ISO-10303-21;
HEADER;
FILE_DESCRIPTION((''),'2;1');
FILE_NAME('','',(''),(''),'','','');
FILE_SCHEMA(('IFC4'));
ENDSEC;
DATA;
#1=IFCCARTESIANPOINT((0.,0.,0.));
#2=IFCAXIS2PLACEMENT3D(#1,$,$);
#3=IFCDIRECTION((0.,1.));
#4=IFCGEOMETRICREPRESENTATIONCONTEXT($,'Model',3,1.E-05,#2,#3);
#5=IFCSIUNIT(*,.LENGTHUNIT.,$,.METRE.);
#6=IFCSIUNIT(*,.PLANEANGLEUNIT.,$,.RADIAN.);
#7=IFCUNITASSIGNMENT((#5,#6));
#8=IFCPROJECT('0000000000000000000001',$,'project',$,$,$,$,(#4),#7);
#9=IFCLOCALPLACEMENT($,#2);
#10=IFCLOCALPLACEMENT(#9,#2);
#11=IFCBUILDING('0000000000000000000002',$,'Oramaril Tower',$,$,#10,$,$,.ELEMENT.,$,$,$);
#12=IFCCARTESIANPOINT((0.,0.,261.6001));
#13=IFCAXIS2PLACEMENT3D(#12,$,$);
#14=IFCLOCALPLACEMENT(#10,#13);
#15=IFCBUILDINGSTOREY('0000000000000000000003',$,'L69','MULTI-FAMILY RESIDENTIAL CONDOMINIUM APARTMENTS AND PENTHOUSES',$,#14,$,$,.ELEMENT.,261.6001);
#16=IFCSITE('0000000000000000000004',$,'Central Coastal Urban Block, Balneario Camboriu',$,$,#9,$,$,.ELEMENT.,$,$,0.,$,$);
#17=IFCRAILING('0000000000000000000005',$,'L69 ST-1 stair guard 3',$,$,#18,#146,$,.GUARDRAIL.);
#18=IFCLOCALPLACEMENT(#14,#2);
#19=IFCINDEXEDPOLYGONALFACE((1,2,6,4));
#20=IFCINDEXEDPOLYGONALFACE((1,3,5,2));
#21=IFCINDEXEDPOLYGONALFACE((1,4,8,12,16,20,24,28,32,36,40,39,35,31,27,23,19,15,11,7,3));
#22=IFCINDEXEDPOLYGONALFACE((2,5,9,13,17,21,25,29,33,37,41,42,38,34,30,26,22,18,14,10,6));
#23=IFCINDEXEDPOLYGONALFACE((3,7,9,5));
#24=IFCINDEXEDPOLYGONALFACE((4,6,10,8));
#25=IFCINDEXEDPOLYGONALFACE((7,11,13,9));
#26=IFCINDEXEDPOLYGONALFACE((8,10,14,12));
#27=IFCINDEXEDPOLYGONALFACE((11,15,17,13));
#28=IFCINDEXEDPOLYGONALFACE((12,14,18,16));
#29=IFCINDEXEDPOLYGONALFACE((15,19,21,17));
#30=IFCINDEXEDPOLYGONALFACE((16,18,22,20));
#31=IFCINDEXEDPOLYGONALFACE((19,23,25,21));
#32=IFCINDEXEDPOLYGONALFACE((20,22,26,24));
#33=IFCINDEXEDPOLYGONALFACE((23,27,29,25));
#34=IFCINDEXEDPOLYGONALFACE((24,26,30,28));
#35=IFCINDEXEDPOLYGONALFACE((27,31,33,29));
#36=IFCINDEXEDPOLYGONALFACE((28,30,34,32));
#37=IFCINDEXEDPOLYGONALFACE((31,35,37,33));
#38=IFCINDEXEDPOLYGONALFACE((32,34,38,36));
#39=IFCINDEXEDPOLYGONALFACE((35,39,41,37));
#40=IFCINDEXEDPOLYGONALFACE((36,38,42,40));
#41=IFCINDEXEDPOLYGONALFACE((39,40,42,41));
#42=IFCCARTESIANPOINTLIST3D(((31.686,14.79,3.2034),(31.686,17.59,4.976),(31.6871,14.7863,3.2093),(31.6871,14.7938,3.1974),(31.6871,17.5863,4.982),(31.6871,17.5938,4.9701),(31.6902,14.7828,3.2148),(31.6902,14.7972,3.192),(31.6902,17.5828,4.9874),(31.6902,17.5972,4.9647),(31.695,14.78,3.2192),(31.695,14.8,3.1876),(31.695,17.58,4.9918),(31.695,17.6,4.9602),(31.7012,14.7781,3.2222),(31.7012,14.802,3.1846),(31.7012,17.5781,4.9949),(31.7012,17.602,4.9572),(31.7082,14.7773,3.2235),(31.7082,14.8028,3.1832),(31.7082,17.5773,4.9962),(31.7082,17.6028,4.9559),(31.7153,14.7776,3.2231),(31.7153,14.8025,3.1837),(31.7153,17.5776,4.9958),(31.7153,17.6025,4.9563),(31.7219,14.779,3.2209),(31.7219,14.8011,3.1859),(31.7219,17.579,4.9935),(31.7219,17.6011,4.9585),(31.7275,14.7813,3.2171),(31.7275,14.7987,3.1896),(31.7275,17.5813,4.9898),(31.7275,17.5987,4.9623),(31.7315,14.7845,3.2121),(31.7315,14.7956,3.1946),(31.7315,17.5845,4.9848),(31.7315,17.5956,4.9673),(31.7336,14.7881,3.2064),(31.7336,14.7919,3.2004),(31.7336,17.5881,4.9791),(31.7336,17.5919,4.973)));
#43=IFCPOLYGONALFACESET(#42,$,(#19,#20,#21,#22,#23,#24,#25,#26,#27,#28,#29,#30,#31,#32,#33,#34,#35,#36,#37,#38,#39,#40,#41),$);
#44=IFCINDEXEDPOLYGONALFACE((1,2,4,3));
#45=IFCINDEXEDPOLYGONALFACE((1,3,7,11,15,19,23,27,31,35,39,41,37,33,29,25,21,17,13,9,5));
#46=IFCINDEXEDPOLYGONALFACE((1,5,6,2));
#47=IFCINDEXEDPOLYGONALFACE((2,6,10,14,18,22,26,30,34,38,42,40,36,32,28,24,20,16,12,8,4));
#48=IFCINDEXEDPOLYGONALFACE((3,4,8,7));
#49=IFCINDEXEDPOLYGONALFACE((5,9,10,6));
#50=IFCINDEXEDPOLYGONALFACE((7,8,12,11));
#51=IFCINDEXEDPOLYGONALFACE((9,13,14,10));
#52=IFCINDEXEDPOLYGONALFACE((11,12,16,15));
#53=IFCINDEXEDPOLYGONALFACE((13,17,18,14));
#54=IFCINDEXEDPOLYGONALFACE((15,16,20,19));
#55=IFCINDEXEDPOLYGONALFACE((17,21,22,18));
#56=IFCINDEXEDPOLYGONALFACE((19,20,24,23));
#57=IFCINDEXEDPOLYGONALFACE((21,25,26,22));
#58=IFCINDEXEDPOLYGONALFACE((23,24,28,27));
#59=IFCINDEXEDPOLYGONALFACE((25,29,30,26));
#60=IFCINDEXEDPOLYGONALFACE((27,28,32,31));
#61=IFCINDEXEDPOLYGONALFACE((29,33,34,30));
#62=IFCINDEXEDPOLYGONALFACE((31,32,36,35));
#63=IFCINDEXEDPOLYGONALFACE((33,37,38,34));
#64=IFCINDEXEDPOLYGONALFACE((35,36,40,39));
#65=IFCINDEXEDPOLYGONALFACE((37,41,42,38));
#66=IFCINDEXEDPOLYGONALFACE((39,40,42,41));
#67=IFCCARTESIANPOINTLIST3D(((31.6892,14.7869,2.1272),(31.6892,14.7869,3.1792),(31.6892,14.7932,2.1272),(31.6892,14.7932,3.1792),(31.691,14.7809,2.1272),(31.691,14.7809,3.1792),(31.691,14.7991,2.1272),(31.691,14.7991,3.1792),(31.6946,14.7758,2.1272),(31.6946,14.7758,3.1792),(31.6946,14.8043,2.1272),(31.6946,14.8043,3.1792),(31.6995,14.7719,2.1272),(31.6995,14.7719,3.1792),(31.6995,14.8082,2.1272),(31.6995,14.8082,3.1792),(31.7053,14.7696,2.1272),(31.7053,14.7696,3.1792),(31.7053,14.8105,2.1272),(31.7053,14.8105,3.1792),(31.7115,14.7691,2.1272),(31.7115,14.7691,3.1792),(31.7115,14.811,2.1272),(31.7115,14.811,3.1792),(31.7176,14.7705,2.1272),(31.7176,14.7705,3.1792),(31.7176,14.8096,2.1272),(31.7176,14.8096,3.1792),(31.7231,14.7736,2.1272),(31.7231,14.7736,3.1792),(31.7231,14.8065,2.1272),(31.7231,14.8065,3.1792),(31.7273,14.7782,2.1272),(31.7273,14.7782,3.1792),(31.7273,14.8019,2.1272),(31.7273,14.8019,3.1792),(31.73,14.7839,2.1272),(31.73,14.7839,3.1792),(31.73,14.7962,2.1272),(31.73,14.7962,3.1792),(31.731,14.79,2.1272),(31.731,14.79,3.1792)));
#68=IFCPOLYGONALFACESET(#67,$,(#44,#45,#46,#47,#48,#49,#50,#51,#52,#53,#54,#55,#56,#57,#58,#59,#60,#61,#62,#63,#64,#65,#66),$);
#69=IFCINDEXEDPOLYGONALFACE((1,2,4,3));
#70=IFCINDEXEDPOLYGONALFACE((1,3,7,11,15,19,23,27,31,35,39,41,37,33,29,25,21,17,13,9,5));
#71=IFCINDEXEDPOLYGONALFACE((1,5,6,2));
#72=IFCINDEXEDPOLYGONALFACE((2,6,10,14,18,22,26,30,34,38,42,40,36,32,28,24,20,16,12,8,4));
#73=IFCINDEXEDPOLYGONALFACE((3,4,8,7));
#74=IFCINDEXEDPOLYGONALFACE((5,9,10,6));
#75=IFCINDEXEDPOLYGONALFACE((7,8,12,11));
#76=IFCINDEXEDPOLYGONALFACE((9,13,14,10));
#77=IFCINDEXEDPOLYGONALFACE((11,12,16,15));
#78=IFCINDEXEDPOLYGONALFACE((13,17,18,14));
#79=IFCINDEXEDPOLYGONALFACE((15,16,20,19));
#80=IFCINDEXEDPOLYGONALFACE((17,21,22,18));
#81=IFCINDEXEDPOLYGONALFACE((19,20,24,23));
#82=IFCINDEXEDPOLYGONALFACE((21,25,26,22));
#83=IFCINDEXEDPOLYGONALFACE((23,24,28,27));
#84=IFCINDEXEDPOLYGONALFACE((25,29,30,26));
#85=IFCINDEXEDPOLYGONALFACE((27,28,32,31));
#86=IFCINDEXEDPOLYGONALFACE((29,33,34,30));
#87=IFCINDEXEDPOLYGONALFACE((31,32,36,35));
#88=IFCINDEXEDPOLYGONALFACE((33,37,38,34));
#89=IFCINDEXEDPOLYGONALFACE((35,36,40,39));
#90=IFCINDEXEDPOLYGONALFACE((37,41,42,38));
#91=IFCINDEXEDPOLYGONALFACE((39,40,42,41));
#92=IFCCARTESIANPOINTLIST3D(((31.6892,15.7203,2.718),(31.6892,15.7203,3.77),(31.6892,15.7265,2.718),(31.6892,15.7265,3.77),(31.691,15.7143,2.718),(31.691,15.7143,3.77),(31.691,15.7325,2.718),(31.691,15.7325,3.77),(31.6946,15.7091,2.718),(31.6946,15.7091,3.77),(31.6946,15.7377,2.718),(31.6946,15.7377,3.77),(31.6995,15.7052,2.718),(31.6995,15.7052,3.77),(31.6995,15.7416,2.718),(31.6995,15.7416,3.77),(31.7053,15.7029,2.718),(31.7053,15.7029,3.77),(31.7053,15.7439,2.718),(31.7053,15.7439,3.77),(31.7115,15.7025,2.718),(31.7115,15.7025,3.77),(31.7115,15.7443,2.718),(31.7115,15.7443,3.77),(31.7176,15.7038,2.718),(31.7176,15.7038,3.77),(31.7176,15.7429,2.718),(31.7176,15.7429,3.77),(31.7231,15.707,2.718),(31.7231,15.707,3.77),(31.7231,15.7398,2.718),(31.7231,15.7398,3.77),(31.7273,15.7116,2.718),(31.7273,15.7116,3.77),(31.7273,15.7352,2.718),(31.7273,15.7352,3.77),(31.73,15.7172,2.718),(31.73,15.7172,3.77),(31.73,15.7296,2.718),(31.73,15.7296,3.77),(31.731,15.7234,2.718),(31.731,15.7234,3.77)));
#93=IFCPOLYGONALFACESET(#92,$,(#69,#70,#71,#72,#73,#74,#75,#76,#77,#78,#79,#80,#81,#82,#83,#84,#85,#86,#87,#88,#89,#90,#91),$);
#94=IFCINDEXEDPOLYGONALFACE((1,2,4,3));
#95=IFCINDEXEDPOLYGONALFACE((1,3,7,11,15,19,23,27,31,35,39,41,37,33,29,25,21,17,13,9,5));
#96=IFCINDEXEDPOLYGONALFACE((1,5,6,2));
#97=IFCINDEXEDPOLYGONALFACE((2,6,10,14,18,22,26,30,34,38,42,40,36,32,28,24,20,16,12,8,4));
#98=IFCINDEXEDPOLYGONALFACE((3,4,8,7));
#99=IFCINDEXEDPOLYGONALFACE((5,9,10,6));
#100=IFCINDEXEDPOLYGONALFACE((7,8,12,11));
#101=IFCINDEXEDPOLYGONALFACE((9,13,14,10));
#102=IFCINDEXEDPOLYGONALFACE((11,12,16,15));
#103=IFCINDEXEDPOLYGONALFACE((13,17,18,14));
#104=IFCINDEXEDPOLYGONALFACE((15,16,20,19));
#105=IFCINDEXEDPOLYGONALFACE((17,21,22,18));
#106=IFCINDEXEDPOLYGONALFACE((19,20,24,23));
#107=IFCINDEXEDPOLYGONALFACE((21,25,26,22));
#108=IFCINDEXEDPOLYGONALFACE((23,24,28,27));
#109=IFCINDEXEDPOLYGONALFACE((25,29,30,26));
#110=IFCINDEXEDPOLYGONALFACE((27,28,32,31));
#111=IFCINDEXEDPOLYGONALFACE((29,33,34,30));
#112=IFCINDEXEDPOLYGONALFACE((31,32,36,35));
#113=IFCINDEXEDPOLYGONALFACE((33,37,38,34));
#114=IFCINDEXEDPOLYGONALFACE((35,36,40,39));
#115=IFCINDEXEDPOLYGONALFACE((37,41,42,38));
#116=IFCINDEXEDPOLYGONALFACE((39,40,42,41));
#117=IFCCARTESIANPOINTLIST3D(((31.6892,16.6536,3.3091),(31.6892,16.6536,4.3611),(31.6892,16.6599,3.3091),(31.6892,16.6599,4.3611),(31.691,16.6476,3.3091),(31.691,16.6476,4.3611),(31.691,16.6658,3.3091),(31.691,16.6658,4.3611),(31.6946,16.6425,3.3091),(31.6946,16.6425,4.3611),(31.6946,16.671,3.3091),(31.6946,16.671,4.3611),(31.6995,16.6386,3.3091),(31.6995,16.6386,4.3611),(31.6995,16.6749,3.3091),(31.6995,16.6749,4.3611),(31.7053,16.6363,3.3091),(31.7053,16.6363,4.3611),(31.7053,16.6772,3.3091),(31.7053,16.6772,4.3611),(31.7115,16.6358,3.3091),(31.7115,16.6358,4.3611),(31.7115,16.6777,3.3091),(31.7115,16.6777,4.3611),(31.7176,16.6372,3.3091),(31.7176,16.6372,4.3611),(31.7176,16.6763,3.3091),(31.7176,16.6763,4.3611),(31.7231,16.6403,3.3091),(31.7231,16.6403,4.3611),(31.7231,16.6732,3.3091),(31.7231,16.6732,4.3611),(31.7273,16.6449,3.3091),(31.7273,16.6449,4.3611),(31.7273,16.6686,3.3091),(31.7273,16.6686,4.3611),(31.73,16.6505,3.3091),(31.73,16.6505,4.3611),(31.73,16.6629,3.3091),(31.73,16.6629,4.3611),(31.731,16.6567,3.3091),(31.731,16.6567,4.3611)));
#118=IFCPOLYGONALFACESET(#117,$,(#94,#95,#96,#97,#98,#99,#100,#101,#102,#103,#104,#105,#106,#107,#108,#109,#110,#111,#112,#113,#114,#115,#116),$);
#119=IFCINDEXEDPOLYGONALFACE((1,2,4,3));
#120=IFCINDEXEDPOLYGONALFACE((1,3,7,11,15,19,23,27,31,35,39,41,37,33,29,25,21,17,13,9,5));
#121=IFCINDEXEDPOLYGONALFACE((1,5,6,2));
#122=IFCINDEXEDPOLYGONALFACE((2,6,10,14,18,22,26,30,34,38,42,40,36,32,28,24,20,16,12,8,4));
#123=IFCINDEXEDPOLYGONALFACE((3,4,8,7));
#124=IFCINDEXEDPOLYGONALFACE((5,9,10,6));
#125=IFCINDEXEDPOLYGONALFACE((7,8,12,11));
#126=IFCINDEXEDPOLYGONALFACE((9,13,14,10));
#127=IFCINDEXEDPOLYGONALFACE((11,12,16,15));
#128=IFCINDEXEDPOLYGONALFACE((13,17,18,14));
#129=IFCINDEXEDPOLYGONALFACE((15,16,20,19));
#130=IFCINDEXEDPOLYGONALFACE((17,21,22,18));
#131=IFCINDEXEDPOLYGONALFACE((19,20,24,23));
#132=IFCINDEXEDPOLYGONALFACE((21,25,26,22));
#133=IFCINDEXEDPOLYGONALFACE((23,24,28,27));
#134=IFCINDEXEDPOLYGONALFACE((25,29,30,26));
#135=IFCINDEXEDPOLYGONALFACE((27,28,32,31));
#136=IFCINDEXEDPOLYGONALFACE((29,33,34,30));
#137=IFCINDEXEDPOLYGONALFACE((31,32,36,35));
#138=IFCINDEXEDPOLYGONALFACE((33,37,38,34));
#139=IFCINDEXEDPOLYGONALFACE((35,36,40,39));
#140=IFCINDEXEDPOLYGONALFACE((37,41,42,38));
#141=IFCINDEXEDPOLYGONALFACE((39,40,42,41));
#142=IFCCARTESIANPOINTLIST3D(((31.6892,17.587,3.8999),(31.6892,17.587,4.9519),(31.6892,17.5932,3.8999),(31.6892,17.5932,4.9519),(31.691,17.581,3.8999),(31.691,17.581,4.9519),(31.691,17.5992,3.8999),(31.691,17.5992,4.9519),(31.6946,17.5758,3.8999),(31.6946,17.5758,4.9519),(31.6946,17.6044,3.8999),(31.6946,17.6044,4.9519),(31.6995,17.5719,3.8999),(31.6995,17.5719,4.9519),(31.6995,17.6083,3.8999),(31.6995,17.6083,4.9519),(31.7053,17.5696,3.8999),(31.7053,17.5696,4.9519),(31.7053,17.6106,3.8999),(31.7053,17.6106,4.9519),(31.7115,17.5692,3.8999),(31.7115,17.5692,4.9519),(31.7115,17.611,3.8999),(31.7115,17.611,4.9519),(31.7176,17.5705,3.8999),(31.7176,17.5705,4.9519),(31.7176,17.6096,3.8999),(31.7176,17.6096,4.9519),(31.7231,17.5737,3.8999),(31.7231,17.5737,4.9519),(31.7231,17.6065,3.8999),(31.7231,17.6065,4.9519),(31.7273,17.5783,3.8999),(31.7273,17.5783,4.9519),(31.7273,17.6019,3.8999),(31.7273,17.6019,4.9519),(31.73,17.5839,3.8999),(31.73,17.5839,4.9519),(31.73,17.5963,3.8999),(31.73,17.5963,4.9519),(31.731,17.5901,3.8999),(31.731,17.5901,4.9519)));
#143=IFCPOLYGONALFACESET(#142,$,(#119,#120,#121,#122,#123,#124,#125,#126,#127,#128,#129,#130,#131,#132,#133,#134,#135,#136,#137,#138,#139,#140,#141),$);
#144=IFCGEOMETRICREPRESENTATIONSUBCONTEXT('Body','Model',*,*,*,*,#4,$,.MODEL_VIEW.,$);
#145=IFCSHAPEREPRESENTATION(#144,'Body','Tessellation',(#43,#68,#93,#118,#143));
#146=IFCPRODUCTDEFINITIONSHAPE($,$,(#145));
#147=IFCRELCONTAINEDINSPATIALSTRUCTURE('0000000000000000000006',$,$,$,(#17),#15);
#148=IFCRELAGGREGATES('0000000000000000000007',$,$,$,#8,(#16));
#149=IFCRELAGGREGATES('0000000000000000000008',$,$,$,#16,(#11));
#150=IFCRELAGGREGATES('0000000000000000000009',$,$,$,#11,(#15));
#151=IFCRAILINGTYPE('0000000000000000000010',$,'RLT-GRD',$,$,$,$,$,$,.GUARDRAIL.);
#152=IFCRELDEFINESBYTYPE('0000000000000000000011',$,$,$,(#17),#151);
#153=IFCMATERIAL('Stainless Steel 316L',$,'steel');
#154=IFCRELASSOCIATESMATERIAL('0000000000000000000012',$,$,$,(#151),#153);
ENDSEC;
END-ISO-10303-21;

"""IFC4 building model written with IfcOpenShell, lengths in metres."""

from ifc_helpers import new_model, si_unit, direction, frame, origin, origin_2d, place, context, subcontext, project, spatial, circle, extrude, material, type_object, element, save


model = new_model("IFC4")

# Units and contexts
model_context = context("Model", 3, precision=1e-05, world=origin(), true_north=direction((0.0, 1.0)))
body_context = subcontext(model_context, "Body", "Model", "MODEL_VIEW")
ifc_project = project(units=[si_unit("LENGTHUNIT", "METRE"), si_unit("PLANEANGLEUNIT", "RADIAN")], contexts=[model_context])

# Site, building, storey
site_placement = place(None, origin())
site = spatial("IfcSite", under=ifc_project, at=site_placement, Name="Central Coastal Urban Block, Balneario Camboriu", CompositionType="ELEMENT", RefElevation=0.0)
building_placement = place(site_placement, origin())
building = spatial("IfcBuilding", under=site, at=building_placement, Name="Oramaril Tower", CompositionType="ELEMENT")
storey_placement = place(building_placement, frame((0.0, 0.0, 261.6001)))
storey = spatial("IfcBuildingStorey", under=building, at=storey_placement, Name="L69", Description="MULTI-FAMILY RESIDENTIAL CONDOMINIUM APARTMENTS AND PENTHOUSES", CompositionType="ELEMENT", Elevation=261.6001)

# Railing
ifc_material_1 = material(Name="Stainless Steel 316L", Category="steel")
railing_type_1 = type_object("IfcRailingType", Name="RLT-GRD", PredefinedType="GUARDRAIL", material=ifc_material_1)
railing_1_placement = place(storey_placement, frame((31.71, 14.79, 2.1272)))
element("IfcRailing", 1, at=railing_1_placement, inside=storey, type_object=railing_type_1, Name="L69 ST-1 stair guard 3", PredefinedType="GUARDRAIL", context=body_context, shape_type="SweptSolid", body=[
    extrude(circle(Radius=0.0239, at=origin_2d()), frame((0.0, 0.0, 1.0762), z_axis=(0.0, 0.844909, 0.53491), x_axis=(-1.0, 0.0, 0.0)), (0.0, 0.0, 1.0), 3.314),
    extrude(circle(Radius=0.021, at=origin_2d()), origin(), (0.0, 0.0, 1.0), 1.052),
    extrude(circle(Radius=0.021, at=origin_2d()), frame((0.0, 0.9333, 0.5908)), (0.0, 0.0, 1.0), 1.052),
    extrude(circle(Radius=0.021, at=origin_2d()), frame((0.0, 1.8667, 1.1819)), (0.0, 0.0, 1.0), 1.052),
    extrude(circle(Radius=0.021, at=origin_2d()), frame((0.0, 2.8, 1.7727)), (0.0, 0.0, 1.0), 1.052),
])

save(model, "model.ifc")
